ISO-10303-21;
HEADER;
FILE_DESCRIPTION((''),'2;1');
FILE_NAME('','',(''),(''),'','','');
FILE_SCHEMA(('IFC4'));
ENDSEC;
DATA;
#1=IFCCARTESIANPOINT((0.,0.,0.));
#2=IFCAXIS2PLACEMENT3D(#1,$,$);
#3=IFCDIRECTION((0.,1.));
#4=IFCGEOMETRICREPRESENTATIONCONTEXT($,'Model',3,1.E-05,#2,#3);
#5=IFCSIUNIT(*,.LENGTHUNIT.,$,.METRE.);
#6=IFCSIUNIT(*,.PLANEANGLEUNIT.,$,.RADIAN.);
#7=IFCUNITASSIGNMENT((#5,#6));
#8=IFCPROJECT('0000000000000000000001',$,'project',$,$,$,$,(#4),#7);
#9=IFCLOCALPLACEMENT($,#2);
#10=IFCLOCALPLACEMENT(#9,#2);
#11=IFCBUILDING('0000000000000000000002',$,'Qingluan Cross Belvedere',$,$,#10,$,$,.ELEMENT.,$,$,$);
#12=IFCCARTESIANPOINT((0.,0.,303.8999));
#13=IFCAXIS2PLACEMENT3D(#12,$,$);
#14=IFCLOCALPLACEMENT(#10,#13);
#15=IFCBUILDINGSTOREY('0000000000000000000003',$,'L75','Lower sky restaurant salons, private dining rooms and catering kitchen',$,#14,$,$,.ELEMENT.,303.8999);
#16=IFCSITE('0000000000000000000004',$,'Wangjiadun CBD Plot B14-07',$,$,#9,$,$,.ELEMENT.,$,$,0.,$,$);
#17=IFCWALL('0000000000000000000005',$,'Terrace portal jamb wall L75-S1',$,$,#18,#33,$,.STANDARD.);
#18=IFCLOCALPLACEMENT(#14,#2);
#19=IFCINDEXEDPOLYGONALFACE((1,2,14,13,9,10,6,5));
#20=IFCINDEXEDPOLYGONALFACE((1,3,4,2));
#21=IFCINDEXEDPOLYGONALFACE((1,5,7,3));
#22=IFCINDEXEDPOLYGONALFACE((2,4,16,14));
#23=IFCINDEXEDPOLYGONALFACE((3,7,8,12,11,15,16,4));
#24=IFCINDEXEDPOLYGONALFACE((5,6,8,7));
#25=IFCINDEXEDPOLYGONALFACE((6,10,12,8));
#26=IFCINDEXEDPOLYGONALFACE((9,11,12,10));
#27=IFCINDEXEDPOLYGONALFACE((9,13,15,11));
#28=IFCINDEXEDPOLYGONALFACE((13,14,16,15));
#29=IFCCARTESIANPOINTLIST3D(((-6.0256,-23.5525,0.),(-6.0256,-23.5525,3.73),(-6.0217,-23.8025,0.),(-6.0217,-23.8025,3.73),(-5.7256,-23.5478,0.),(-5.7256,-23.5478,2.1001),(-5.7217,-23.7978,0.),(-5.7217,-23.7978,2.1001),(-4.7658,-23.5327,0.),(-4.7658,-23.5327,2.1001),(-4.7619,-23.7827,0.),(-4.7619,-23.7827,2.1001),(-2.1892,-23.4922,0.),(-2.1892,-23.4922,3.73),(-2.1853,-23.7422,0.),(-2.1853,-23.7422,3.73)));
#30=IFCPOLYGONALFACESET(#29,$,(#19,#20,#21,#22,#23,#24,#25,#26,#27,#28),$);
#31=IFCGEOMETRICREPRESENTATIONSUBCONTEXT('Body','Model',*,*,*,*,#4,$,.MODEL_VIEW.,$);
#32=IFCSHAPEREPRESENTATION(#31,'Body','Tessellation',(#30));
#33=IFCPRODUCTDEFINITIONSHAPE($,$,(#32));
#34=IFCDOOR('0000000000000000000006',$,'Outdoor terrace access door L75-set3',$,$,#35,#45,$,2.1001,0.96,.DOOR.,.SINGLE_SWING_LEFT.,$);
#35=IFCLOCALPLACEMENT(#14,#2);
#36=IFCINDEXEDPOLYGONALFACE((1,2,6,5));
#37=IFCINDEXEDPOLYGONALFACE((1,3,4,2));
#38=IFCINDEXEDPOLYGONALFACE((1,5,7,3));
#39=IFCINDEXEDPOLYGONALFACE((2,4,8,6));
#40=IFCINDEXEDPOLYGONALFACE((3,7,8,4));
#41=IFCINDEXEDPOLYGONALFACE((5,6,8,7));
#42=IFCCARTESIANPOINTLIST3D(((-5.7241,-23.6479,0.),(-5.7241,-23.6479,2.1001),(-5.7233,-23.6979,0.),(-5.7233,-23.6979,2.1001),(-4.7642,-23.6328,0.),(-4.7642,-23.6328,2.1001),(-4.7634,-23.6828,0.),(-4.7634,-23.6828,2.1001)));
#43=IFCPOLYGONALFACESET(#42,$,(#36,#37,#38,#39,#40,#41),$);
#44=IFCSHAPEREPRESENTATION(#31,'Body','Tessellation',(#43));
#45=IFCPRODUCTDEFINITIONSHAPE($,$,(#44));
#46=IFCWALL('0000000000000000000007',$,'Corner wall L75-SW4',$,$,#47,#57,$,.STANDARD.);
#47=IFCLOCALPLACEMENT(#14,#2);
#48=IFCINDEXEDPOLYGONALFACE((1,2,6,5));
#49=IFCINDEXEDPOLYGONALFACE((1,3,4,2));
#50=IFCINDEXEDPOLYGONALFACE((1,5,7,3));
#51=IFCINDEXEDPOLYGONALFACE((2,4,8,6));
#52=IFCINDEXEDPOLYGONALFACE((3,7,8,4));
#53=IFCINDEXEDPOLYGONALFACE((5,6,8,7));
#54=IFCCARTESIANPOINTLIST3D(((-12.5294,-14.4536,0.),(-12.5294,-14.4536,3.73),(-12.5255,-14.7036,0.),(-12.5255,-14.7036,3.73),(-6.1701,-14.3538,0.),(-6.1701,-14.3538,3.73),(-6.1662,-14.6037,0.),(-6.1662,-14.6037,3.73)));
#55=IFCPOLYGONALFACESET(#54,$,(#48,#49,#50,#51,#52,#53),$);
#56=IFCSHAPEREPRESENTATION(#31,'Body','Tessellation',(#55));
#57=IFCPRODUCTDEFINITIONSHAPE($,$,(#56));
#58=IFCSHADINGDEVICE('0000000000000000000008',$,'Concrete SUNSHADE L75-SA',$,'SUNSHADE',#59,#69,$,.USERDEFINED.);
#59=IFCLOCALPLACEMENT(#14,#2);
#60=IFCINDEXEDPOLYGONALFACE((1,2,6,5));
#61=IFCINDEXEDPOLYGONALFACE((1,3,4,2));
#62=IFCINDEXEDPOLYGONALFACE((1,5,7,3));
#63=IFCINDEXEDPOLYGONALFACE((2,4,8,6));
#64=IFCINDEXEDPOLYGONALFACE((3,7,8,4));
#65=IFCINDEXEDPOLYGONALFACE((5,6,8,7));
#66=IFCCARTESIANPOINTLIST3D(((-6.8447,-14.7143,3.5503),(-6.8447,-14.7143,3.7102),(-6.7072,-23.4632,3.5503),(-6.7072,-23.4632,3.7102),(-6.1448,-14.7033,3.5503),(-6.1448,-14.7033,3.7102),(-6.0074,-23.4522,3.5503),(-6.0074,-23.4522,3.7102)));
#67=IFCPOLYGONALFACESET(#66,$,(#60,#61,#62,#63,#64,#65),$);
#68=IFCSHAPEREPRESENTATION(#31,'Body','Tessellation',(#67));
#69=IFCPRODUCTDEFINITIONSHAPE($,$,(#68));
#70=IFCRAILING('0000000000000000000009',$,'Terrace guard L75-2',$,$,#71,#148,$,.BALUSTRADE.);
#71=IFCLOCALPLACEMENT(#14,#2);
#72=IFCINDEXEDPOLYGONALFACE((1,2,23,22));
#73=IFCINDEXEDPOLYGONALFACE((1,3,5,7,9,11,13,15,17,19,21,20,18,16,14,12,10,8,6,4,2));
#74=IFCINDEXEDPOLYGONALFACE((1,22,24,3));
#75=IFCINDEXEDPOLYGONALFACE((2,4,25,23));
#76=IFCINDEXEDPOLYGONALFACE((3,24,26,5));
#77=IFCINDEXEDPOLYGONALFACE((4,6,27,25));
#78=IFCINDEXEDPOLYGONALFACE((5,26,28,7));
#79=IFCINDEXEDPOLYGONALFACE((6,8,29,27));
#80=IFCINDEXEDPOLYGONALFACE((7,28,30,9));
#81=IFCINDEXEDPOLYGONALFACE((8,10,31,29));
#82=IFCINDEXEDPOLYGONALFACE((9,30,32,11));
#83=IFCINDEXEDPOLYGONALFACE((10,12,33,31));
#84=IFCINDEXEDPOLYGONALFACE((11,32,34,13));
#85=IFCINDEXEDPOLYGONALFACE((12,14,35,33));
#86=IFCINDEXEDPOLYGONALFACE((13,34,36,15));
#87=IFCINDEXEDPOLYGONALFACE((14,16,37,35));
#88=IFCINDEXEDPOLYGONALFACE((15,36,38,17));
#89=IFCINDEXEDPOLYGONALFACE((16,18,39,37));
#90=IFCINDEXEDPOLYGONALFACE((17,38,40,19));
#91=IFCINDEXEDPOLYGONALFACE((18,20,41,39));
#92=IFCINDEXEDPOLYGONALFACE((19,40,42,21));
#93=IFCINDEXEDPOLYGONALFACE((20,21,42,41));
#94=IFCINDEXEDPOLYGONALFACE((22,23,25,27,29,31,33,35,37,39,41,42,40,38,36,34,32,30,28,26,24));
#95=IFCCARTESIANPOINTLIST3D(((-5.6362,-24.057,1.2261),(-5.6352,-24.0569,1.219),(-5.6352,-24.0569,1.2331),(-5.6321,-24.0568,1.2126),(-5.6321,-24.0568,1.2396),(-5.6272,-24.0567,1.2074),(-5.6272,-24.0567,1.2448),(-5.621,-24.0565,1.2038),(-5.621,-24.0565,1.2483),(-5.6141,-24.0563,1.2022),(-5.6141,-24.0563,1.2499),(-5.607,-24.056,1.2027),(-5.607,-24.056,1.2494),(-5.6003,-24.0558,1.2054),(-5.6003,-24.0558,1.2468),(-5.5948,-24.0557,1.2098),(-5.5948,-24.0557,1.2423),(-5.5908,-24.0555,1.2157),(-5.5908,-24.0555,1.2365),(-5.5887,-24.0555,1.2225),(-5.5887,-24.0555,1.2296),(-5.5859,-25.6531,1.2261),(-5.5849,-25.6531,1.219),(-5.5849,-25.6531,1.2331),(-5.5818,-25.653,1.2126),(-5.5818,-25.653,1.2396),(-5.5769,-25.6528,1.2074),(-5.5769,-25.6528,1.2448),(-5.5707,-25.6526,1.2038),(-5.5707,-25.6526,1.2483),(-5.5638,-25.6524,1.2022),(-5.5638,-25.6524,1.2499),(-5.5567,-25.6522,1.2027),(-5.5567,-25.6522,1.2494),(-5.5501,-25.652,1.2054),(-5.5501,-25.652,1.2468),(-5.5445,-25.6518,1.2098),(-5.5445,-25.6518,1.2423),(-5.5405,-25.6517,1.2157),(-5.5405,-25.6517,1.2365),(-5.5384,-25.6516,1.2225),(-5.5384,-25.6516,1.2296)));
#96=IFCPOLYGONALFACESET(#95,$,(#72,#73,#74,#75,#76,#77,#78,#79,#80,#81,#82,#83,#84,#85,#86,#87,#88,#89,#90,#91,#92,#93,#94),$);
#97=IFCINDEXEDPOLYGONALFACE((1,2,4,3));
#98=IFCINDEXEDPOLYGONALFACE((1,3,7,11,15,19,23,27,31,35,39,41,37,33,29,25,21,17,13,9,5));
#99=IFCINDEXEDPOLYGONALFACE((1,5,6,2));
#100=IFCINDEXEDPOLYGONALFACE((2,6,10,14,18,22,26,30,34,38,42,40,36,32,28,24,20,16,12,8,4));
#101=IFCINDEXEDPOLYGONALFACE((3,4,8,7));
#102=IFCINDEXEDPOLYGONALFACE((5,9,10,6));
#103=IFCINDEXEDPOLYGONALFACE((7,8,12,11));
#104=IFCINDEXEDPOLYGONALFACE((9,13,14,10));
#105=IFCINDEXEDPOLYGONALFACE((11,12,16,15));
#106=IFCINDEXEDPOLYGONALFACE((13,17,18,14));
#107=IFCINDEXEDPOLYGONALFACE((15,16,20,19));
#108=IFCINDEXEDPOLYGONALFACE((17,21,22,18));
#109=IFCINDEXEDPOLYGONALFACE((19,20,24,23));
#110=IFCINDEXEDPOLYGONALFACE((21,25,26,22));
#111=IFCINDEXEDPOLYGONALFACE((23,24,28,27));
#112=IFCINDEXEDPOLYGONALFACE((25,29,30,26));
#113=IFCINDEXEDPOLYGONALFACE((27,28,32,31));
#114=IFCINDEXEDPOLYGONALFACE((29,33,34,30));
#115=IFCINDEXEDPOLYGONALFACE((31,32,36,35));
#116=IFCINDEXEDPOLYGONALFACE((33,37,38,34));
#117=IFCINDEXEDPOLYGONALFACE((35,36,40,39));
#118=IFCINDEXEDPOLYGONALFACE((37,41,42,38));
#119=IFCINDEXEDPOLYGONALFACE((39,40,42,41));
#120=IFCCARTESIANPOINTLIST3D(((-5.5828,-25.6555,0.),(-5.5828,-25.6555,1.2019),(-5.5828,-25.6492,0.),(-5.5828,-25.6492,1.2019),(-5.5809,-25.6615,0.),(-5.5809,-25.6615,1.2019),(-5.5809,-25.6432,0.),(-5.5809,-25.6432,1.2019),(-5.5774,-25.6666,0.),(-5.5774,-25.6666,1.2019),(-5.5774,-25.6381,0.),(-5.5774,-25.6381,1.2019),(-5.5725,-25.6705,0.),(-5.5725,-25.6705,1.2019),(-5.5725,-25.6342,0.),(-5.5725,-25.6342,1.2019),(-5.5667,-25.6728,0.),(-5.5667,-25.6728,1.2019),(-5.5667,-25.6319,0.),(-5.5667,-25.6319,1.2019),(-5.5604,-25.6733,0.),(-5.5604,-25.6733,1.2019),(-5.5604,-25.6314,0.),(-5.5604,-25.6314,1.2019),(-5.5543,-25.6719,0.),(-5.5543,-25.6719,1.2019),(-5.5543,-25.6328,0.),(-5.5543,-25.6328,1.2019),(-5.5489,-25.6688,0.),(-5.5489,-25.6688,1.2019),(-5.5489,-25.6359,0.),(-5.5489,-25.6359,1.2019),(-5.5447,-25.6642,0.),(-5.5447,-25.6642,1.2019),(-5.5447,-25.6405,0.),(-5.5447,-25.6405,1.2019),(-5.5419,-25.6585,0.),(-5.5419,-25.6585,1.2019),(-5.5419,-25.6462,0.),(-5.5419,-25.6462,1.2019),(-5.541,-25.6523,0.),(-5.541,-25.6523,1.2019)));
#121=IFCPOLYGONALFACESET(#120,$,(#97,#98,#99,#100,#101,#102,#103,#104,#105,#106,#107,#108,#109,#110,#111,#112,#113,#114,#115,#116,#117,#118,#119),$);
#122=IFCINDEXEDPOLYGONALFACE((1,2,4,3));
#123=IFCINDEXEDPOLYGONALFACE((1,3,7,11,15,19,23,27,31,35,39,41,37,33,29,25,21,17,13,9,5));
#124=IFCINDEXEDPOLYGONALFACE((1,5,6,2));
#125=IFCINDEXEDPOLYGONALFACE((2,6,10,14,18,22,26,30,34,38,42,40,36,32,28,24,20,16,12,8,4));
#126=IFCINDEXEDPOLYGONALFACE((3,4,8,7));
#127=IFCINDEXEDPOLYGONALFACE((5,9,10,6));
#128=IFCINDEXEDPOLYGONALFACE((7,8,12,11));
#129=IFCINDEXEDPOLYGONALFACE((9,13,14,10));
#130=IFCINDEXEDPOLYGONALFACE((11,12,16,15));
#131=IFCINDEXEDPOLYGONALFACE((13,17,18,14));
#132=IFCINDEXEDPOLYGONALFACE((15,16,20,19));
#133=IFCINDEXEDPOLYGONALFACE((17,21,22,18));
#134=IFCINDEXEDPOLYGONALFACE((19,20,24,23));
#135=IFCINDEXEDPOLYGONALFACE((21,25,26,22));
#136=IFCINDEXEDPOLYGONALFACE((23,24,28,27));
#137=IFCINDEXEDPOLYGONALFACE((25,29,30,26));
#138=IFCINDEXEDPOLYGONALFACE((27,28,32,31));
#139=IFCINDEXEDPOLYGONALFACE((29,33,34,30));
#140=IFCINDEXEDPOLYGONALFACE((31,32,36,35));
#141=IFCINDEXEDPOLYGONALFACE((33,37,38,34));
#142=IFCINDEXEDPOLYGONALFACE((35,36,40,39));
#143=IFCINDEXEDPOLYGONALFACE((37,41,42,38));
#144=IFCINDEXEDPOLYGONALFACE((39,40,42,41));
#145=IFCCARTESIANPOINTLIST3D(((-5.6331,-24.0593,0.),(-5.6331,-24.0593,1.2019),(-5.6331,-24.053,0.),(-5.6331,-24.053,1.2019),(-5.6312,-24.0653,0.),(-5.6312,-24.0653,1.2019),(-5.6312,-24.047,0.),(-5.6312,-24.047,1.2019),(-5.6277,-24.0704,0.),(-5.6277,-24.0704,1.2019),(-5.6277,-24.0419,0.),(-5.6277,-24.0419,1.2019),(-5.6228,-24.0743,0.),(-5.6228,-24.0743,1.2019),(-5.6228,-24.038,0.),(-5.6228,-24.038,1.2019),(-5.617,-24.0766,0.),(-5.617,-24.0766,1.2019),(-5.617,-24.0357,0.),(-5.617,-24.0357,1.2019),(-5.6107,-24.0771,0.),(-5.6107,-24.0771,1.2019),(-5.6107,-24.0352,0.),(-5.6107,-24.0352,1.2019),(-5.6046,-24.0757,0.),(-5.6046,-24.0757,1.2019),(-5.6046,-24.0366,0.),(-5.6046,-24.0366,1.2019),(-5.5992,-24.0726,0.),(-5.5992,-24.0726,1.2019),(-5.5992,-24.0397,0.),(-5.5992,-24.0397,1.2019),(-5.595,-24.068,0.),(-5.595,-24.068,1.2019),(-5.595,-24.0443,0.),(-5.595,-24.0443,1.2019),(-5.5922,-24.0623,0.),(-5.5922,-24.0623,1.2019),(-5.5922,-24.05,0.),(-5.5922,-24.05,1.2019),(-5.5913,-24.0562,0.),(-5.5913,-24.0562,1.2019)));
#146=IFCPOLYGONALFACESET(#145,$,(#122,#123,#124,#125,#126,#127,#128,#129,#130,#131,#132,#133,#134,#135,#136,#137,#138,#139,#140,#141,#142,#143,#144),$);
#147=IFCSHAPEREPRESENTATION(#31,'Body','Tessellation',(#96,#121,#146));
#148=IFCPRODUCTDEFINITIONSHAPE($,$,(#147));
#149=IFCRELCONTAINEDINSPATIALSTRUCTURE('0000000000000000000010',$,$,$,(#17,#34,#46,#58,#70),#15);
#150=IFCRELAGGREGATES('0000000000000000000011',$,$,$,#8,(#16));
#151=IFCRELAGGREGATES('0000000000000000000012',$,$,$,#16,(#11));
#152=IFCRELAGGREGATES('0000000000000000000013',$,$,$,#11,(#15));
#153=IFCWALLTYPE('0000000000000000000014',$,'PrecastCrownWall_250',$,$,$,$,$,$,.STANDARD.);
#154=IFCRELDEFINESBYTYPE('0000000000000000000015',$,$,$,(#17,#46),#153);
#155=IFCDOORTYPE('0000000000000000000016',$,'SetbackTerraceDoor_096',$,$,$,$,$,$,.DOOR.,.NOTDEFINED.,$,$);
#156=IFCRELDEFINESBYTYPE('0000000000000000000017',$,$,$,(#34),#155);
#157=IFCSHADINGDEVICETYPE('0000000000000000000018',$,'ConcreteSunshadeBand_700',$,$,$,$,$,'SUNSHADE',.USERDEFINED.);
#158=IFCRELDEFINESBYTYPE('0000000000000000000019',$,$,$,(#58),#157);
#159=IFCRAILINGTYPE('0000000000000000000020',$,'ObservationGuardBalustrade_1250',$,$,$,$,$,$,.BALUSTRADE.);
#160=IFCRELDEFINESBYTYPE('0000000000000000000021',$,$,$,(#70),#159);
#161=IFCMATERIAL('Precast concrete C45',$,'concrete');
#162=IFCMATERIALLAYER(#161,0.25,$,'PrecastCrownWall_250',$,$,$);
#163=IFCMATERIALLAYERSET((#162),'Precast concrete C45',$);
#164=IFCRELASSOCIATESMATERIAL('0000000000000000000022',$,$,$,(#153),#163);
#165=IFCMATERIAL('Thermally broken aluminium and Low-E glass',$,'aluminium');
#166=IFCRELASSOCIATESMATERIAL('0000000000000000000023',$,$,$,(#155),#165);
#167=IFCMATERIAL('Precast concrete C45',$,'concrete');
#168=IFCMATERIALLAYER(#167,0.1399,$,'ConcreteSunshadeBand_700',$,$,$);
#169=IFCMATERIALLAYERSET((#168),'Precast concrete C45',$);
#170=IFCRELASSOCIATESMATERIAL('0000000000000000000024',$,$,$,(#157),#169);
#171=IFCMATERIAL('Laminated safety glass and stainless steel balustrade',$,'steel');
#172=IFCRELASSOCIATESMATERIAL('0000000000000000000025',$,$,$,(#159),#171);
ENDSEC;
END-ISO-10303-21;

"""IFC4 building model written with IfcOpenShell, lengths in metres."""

from ifc_helpers import new_model, si_unit, direction, frame, frame_2d, origin, origin_2d, place, context, subcontext, project, spatial, rectangle, circle, extrude, material, layer, layer_set, type_object, element, fill, save


model = new_model("IFC4")

# Units and contexts
model_context = context("Model", 3, precision=1e-05, world=origin(), true_north=direction((0.0, 1.0)))
body_context = subcontext(model_context, "Body", "Model", "MODEL_VIEW")
ifc_project = project(units=[si_unit("LENGTHUNIT", "METRE"), si_unit("PLANEANGLEUNIT", "RADIAN")], contexts=[model_context])

# Site, building, storey
site_placement = place(None, origin())
site = spatial("IfcSite", under=ifc_project, at=site_placement, Name="Wangjiadun CBD Plot B14-07", CompositionType="ELEMENT", RefElevation=0.0)
building_placement = place(site_placement, origin())
building = spatial("IfcBuilding", under=site, at=building_placement, Name="Qingluan Cross Belvedere", CompositionType="ELEMENT")
storey_placement = place(building_placement, frame((0.0, 0.0, 303.8999)))
storey = spatial("IfcBuildingStorey", under=building, at=storey_placement, Name="L75", Description="Lower sky restaurant salons, private dining rooms and catering kitchen", CompositionType="ELEMENT", Elevation=303.8999)

# Shared definitions
ifc_material_1 = material(Name="Precast concrete C45", Category="concrete")
ifc_layer_1 = layer(ifc_material_1, 0.25, Name="PrecastCrownWall_250")
ifc_layer_set_1 = layer_set([ifc_layer_1], Name="Precast concrete C45")
wall_type_1 = type_object("IfcWallType", Name="PrecastCrownWall_250", PredefinedType="STANDARD", material=ifc_layer_set_1)

# Wall, opening, door
wall_1_placement = place(storey_placement, frame((-6.0237, -23.6775, 0.0), z_axis=(0.0, 0.0, 1.0), x_axis=(0.999876, 0.015717, 0.0)))
wall_1 = element("IfcWall", 1, at=wall_1_placement, inside=storey, type_object=wall_type_1, Name="Terrace portal jamb wall L75-S1", PredefinedType="STANDARD", context=body_context, shape_type="SweptSolid", body=[
    extrude(rectangle(XDim=3.8369, YDim=0.25, at=frame_2d((1.9185, 0.0))), origin(), (0.0, 0.0, 1.0), 3.73),
])
opening_1_placement = place(wall_1_placement, frame((0.3, 0.0, 0.0)))
opening_1 = element("IfcOpeningElement", 2, at=opening_1_placement, cuts=wall_1, PredefinedType="OPENING", context=body_context, shape_type="SweptSolid", body=[
    extrude(rectangle(XDim=0.96, YDim=2.1001, at=frame_2d((0.48, 1.05))), frame((0.0, 0.135, 0.0), z_axis=(0.0, -1.0, 0.0), x_axis=(1.0, 0.0, 0.0)), (0.0, 0.0, 1.0), 0.27),
])
ifc_material_2 = material(Name="Thermally broken aluminium and Low-E glass", Category="aluminium")
door_type = type_object("IfcDoorType", Name="SetbackTerraceDoor_096", OperationType="NOTDEFINED", PredefinedType="DOOR", material=ifc_material_2)
door_placement = place(opening_1_placement, origin())
door = element("IfcDoor", 3, at=door_placement, inside=storey, type_object=door_type, Name="Outdoor terrace access door L75-set3", OperationType="SINGLE_SWING_LEFT", OverallHeight=2.1001, OverallWidth=0.96, PredefinedType="DOOR", context=body_context, shape_type="SweptSolid", body=[
    extrude(rectangle(XDim=0.96, YDim=2.1001, at=frame_2d((0.48, 1.05))), frame((0.0, 0.0249, 0.0), z_axis=(0.0, -1.0, 0.0), x_axis=(1.0, 0.0, 0.0)), (0.0, 0.0, 1.0), 0.05),
])
fill(opening_1, door)

# Wall
wall_2_placement = place(storey_placement, frame((-12.5276, -14.5786, 0.0), z_axis=(0.0, 0.0, 1.0), x_axis=(0.999877, 0.0157, 0.0)))
element("IfcWall", 4, at=wall_2_placement, inside=storey, type_object=wall_type_1, Name="Corner wall L75-SW4", PredefinedType="STANDARD", context=body_context, shape_type="SweptSolid", body=[
    extrude(rectangle(XDim=6.3601, YDim=0.25, at=frame_2d((3.1802, 0.0))), origin(), (0.0, 0.0, 1.0), 3.73),
])

# Shading device
ifc_material_3 = material(Name="Precast concrete C45", Category="concrete")
ifc_layer_2 = layer(ifc_material_3, 0.1399, Name="ConcreteSunshadeBand_700")
ifc_layer_set_2 = layer_set([ifc_layer_2], Name="Precast concrete C45")
shading_device_type = type_object("IfcShadingDeviceType", Name="ConcreteSunshadeBand_700", ElementType="SUNSHADE", PredefinedType="USERDEFINED", material=ifc_layer_set_2)
shading_device_placement = place(storey_placement, frame((-6.426, -19.0833, 3.5503), z_axis=(0.0, 0.0, 1.0), x_axis=(0.015709, -0.999877, 0.0)))
element("IfcShadingDevice", 5, at=shading_device_placement, inside=storey, type_object=shading_device_type, Name="Concrete SUNSHADE L75-SA", ObjectType="SUNSHADE", PredefinedType="USERDEFINED", context=body_context, shape_type="SweptSolid", body=[
    extrude(rectangle(XDim=8.75, YDim=0.7, at=origin_2d()), origin(), (0.0, 0.0, 1.0), 0.1599),
])

# Railing
ifc_material_4 = material(Name="Laminated safety glass and stainless steel balustrade", Category="steel")
railing_type = type_object("IfcRailingType", Name="ObservationGuardBalustrade_1250", PredefinedType="BALUSTRADE", material=ifc_material_4)
railing_placement = place(storey_placement, frame((-5.562, -25.6523, 0.0)))
element("IfcRailing", 6, at=railing_placement, inside=storey, type_object=railing_type, Name="Terrace guard L75-2", PredefinedType="BALUSTRADE", context=body_context, shape_type="SweptSolid", body=[
    extrude(circle(Radius=0.0239, at=origin_2d()), frame((0.0, 0.0, 1.2261), z_axis=(-0.031492, 0.999504, 0.0), x_axis=(-0.999504, -0.031492, 0.0)), (0.0, 0.0, 1.0), 1.5969),
    extrude(circle(Radius=0.021, at=origin_2d()), origin(), (0.0, 0.0, 1.0), 1.2019),
    extrude(circle(Radius=0.021, at=origin_2d()), frame((-0.0503, 1.5962, 0.0)), (0.0, 0.0, 1.0), 1.2019),
])

save(model, "model.ifc")
